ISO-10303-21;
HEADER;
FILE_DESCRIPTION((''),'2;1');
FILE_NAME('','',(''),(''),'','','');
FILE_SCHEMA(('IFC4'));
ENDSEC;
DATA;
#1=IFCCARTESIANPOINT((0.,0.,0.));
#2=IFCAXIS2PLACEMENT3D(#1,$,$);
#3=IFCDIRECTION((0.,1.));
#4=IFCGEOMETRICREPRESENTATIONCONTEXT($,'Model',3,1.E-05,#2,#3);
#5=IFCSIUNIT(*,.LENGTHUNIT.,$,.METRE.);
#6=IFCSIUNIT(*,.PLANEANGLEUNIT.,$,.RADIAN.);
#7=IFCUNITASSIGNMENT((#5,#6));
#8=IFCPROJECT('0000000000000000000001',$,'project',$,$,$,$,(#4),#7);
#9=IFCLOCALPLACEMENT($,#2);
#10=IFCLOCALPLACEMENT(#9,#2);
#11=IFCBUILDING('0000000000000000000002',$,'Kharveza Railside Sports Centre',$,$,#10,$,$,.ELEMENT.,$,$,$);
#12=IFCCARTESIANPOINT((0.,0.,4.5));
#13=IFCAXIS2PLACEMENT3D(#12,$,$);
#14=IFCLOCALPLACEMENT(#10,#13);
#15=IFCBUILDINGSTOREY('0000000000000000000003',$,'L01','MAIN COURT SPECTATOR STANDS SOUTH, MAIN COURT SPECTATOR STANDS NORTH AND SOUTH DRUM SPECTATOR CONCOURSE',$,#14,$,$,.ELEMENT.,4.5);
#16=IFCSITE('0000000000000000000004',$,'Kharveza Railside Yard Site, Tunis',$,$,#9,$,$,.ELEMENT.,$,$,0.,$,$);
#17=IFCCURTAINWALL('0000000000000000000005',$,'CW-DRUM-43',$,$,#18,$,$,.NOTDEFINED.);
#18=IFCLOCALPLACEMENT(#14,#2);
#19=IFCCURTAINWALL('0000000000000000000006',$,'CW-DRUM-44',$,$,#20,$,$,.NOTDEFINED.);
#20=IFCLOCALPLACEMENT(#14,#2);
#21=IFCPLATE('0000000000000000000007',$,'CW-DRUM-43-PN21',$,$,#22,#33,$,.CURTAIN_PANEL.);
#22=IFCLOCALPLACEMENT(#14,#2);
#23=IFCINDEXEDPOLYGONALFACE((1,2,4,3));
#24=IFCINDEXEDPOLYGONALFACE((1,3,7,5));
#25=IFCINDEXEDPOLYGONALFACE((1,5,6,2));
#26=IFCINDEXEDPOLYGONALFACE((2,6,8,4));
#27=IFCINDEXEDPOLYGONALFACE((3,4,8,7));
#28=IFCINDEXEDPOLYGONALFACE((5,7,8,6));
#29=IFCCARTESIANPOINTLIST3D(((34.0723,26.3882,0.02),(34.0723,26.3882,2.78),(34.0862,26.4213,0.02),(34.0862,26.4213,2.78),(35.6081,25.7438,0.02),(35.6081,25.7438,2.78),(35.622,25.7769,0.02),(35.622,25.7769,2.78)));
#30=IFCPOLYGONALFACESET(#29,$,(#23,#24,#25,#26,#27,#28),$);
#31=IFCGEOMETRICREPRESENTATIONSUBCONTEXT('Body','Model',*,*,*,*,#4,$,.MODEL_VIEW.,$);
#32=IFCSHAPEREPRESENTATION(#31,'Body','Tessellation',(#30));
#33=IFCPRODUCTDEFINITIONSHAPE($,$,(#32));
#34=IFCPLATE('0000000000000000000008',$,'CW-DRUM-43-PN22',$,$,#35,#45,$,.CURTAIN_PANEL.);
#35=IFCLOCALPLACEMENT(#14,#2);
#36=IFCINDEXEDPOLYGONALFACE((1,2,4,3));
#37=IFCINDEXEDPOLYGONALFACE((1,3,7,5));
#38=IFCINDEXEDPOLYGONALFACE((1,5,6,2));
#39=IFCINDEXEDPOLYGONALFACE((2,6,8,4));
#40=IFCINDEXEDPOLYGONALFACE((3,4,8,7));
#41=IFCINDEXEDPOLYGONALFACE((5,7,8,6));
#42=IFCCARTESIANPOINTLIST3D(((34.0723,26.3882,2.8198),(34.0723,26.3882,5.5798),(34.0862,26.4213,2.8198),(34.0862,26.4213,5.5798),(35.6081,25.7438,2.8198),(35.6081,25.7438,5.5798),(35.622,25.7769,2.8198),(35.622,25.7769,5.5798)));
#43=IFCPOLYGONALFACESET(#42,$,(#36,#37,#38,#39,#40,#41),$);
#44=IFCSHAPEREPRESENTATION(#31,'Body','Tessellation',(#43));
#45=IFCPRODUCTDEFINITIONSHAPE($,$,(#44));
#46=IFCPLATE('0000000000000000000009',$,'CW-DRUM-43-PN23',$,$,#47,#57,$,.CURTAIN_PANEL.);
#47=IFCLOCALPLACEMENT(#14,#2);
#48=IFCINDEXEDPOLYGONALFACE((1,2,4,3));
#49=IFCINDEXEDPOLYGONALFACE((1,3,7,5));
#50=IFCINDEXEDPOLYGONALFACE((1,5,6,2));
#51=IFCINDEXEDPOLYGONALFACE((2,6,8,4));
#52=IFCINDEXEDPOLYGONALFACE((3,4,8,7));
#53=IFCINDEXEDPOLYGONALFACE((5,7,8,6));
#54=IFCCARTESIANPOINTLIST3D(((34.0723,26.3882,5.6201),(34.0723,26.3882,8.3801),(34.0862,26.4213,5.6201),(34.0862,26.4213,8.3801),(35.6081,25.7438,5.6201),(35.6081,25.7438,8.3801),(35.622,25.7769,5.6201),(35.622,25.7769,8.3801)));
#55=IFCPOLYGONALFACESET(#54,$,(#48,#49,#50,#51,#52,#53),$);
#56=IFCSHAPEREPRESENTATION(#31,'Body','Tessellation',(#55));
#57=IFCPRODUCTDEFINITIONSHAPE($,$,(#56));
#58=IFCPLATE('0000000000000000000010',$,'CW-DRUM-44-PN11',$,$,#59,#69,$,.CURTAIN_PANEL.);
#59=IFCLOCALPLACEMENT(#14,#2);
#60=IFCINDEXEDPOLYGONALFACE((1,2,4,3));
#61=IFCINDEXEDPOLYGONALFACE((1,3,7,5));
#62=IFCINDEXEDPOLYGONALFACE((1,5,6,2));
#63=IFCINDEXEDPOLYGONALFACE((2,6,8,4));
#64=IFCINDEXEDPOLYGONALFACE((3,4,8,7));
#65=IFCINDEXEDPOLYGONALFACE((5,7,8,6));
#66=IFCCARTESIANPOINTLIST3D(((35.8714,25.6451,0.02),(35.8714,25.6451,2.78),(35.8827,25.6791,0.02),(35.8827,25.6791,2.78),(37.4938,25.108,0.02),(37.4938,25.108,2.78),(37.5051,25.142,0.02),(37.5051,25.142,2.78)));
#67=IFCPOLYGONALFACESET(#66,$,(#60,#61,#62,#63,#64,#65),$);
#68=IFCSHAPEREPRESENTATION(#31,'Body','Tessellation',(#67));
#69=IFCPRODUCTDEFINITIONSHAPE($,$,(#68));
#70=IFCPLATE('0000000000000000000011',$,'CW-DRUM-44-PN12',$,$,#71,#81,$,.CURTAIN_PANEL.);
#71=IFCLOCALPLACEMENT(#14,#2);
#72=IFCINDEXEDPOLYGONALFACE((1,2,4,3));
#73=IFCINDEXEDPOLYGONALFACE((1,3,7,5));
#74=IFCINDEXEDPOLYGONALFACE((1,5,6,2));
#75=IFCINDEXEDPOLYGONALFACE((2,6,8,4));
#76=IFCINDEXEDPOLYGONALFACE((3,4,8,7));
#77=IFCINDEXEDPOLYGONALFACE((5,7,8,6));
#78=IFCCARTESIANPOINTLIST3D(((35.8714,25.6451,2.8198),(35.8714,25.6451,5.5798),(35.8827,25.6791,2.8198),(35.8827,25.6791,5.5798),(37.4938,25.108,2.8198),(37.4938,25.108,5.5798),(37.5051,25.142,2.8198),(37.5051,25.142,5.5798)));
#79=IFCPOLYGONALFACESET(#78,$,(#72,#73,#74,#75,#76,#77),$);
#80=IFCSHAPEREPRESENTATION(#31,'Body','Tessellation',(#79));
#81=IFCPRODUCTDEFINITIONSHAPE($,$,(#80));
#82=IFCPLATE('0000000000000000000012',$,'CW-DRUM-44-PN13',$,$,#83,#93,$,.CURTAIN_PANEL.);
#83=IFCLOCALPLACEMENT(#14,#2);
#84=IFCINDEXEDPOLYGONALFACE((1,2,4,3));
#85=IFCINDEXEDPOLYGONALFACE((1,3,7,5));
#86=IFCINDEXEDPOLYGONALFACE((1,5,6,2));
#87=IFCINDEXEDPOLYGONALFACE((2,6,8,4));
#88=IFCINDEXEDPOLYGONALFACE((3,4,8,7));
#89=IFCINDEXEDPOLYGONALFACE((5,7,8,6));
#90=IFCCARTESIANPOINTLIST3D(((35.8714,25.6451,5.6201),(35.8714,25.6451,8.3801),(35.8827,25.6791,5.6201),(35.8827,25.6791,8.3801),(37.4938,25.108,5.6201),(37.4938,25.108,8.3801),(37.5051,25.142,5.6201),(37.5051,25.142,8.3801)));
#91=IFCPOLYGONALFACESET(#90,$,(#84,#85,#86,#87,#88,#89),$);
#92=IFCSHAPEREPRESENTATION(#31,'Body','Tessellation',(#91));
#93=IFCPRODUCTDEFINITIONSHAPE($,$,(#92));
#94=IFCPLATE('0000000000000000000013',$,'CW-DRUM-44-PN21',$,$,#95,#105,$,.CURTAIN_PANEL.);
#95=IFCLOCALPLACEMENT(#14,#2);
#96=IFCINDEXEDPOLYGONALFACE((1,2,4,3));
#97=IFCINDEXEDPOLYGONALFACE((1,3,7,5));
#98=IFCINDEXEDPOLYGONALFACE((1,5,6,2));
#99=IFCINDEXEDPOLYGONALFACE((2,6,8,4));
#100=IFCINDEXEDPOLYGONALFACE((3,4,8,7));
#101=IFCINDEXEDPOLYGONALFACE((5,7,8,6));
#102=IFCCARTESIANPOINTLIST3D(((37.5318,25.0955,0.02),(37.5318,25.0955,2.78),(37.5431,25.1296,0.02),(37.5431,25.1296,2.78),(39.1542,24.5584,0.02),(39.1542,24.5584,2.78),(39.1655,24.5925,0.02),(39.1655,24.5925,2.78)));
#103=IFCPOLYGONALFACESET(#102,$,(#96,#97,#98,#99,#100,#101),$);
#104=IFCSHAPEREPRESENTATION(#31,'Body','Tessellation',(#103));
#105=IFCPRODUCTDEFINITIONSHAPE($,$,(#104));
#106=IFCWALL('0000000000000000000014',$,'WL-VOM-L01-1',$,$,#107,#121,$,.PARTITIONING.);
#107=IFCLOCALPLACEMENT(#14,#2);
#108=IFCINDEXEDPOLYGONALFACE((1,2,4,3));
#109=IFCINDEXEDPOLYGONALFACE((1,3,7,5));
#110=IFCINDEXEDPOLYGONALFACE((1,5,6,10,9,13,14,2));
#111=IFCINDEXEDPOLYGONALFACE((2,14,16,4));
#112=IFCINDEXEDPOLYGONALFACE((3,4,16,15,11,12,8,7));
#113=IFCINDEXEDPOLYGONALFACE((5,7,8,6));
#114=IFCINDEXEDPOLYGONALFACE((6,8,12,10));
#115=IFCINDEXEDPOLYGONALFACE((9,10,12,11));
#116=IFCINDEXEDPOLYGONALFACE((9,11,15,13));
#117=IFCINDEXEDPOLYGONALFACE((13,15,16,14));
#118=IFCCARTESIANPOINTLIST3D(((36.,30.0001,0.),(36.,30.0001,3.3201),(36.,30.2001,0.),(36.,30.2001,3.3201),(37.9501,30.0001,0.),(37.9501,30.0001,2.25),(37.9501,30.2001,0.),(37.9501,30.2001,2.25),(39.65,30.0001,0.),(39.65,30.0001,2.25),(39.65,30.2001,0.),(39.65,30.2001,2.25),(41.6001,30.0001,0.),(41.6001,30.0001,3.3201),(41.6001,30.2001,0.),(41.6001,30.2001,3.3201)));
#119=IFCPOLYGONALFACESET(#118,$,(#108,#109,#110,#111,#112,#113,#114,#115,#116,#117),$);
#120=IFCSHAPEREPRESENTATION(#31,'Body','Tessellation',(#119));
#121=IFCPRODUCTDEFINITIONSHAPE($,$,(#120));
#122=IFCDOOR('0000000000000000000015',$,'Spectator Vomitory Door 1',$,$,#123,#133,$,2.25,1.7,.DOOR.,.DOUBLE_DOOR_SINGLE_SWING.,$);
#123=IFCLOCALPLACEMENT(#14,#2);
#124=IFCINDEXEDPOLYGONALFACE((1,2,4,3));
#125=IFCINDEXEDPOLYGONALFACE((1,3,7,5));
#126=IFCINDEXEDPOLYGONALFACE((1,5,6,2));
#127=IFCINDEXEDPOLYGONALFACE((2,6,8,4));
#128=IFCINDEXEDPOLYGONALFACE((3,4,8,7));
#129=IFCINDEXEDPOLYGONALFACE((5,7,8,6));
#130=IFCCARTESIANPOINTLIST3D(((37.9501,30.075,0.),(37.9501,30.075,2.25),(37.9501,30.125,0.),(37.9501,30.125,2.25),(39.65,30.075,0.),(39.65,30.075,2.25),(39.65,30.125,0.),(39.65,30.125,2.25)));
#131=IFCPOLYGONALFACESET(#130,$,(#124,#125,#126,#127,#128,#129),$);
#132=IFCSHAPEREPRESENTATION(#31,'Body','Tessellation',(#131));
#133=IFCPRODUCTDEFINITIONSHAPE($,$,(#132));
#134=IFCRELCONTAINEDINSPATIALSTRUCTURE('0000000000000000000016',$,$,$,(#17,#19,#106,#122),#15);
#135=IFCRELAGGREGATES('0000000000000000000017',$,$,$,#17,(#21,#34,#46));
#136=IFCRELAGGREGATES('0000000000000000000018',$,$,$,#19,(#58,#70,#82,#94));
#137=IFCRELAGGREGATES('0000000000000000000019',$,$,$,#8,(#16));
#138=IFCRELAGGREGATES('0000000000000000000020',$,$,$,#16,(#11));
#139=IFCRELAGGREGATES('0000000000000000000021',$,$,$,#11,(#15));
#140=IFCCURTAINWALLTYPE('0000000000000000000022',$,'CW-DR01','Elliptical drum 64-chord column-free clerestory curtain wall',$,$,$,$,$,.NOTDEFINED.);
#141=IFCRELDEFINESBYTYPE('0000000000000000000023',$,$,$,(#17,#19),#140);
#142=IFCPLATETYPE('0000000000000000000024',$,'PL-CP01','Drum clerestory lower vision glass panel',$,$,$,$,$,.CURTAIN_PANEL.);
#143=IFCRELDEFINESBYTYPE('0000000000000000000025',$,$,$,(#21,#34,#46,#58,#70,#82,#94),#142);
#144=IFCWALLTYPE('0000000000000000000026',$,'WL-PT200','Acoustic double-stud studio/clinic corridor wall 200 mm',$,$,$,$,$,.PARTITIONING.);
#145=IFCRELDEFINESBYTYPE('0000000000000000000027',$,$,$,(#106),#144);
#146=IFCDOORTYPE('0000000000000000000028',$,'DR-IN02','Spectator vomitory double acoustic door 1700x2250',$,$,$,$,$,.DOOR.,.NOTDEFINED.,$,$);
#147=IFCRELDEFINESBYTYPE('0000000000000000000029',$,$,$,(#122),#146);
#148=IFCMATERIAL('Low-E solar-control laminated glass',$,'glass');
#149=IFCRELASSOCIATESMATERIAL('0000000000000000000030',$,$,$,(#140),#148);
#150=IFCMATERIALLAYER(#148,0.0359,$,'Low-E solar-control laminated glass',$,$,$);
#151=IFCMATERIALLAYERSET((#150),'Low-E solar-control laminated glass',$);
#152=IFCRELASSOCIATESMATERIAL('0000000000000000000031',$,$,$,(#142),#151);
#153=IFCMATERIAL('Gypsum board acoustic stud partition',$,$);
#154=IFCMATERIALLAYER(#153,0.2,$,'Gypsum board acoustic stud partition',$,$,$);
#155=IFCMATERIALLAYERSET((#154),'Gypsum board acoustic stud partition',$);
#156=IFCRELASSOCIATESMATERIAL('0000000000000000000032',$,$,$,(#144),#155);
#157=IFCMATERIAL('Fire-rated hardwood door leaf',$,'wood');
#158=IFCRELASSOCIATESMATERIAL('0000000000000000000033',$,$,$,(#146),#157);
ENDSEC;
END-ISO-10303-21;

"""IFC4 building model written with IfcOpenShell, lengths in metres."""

from ifc_helpers import new_model, si_unit, direction, frame, frame_2d, origin, origin_2d, place, context, subcontext, project, spatial, rectangle, extrude, material, layer, layer_set, type_object, element, fill, aggregate, save


model = new_model("IFC4")

# Units and contexts
model_context = context("Model", 3, precision=1e-05, world=origin(), true_north=direction((0.0, 1.0)))
body_context = subcontext(model_context, "Body", "Model", "MODEL_VIEW")
ifc_project = project(units=[si_unit("LENGTHUNIT", "METRE"), si_unit("PLANEANGLEUNIT", "RADIAN")], contexts=[model_context])

# Site, building, storey
site_placement = place(None, origin())
site = spatial("IfcSite", under=ifc_project, at=site_placement, Name="Kharveza Railside Yard Site, Tunis", CompositionType="ELEMENT", RefElevation=0.0)
building_placement = place(site_placement, origin())
building = spatial("IfcBuilding", under=site, at=building_placement, Name="Kharveza Railside Sports Centre", CompositionType="ELEMENT")
storey_placement = place(building_placement, frame((0.0, 0.0, 4.5)))
storey = spatial("IfcBuildingStorey", under=building, at=storey_placement, Name="L01", Description="MAIN COURT SPECTATOR STANDS SOUTH, MAIN COURT SPECTATOR STANDS NORTH AND SOUTH DRUM SPECTATOR CONCOURSE", CompositionType="ELEMENT", Elevation=4.5)

# Shared definitions
ifc_material_1 = material(Name="Low-E solar-control laminated glass", Category="glass")
curtain_wall_type = type_object("IfcCurtainWallType", Name="CW-DR01", Description="Elliptical drum 64-chord column-free clerestory curtain wall", PredefinedType="NOTDEFINED", material=ifc_material_1)

# Curtain walls
curtain_wall_1_placement = place(storey_placement, origin())
curtain_wall_1 = element("IfcCurtainWall", 1, at=curtain_wall_1_placement, inside=storey, type_object=curtain_wall_type, Name="CW-DRUM-43", PredefinedType="NOTDEFINED")
curtain_wall_2_placement = place(storey_placement, origin())
curtain_wall_2 = element("IfcCurtainWall", 2, at=curtain_wall_2_placement, inside=storey, type_object=curtain_wall_type, Name="CW-DRUM-44", PredefinedType="NOTDEFINED")

# Plates
ifc_layer_1 = layer(ifc_material_1, 0.0359, Name="Low-E solar-control laminated glass")
ifc_layer_set_1 = layer_set([ifc_layer_1], Name="Low-E solar-control laminated glass")
plate_type = type_object("IfcPlateType", Name="PL-CP01", Description="Drum clerestory lower vision glass panel", PredefinedType="CURTAIN_PANEL", material=ifc_layer_set_1)
plate_1_placement = place(storey_placement, frame((34.8472, 26.0825, 0.02), z_axis=(0.0, 0.0, 1.0), x_axis=(0.922127, -0.386888, 0.0)))
plate_1 = element("IfcPlate", 3, at=plate_1_placement, type_object=plate_type, Name="CW-DRUM-43-PN21", PredefinedType="CURTAIN_PANEL", context=body_context, shape_type="SweptSolid", body=[
    extrude(rectangle(XDim=1.6655, YDim=0.0359, at=origin_2d()), origin(), (0.0, 0.0, 1.0), 2.76),
])
plate_2_placement = place(storey_placement, frame((34.8472, 26.0825, 2.8198), z_axis=(0.0, 0.0, 1.0), x_axis=(0.922127, -0.386888, 0.0)))
plate_2 = element("IfcPlate", 4, at=plate_2_placement, type_object=plate_type, Name="CW-DRUM-43-PN22", PredefinedType="CURTAIN_PANEL", context=body_context, shape_type="SweptSolid", body=[
    extrude(rectangle(XDim=1.6655, YDim=0.0359, at=origin_2d()), origin(), (0.0, 0.0, 1.0), 2.76),
])
plate_3_placement = place(storey_placement, frame((34.8472, 26.0825, 5.6201), z_axis=(0.0, 0.0, 1.0), x_axis=(0.922127, -0.386888, 0.0)))
plate_3 = element("IfcPlate", 5, at=plate_3_placement, type_object=plate_type, Name="CW-DRUM-43-PN23", PredefinedType="CURTAIN_PANEL", context=body_context, shape_type="SweptSolid", body=[
    extrude(rectangle(XDim=1.6655, YDim=0.0359, at=origin_2d()), origin(), (0.0, 0.0, 1.0), 2.76),
])
aggregate(curtain_wall_1, [plate_1, plate_2, plate_3])
plate_4_placement = place(storey_placement, frame((36.6882, 25.3936, 0.02), z_axis=(0.0, 0.0, 1.0), x_axis=(0.949327, -0.314291, 0.0)))
plate_4 = element("IfcPlate", 6, at=plate_4_placement, type_object=plate_type, Name="CW-DRUM-44-PN11", PredefinedType="CURTAIN_PANEL", context=body_context, shape_type="SweptSolid", body=[
    extrude(rectangle(XDim=1.709, YDim=0.0359, at=origin_2d()), origin(), (0.0, 0.0, 1.0), 2.76),
])
plate_5_placement = place(storey_placement, frame((36.6882, 25.3936, 2.8198), z_axis=(0.0, 0.0, 1.0), x_axis=(0.949327, -0.314291, 0.0)))
plate_5 = element("IfcPlate", 7, at=plate_5_placement, type_object=plate_type, Name="CW-DRUM-44-PN12", PredefinedType="CURTAIN_PANEL", context=body_context, shape_type="SweptSolid", body=[
    extrude(rectangle(XDim=1.709, YDim=0.0359, at=origin_2d()), origin(), (0.0, 0.0, 1.0), 2.76),
])
plate_6_placement = place(storey_placement, frame((36.6882, 25.3936, 5.6201), z_axis=(0.0, 0.0, 1.0), x_axis=(0.949327, -0.314291, 0.0)))
plate_6 = element("IfcPlate", 8, at=plate_6_placement, type_object=plate_type, Name="CW-DRUM-44-PN13", PredefinedType="CURTAIN_PANEL", context=body_context, shape_type="SweptSolid", body=[
    extrude(rectangle(XDim=1.709, YDim=0.0359, at=origin_2d()), origin(), (0.0, 0.0, 1.0), 2.76),
])
plate_7_placement = place(storey_placement, frame((38.3486, 24.844, 0.02), z_axis=(0.0, 0.0, 1.0), x_axis=(0.949327, -0.314291, 0.0)))
plate_7 = element("IfcPlate", 9, at=plate_7_placement, type_object=plate_type, Name="CW-DRUM-44-PN21", PredefinedType="CURTAIN_PANEL", context=body_context, shape_type="SweptSolid", body=[
    extrude(rectangle(XDim=1.709, YDim=0.0359, at=origin_2d()), origin(), (0.0, 0.0, 1.0), 2.76),
])
aggregate(curtain_wall_2, [plate_4, plate_5, plate_6, plate_7])

# Wall, opening, door
ifc_material_2 = material(Name="Gypsum board acoustic stud partition")
ifc_layer_2 = layer(ifc_material_2, 0.2, Name="Gypsum board acoustic stud partition")
ifc_layer_set_2 = layer_set([ifc_layer_2], Name="Gypsum board acoustic stud partition")
wall_type = type_object("IfcWallType", Name="WL-PT200", Description="Acoustic double-stud studio/clinic corridor wall 200 mm", PredefinedType="PARTITIONING", material=ifc_layer_set_2)
wall_placement = place(storey_placement, frame((36.0, 30.1001, 0.0), z_axis=(0.0, 0.0, 1.0), x_axis=(1.0, 0.0, 0.0)))
wall = element("IfcWall", 10, at=wall_placement, inside=storey, type_object=wall_type, Name="WL-VOM-L01-1", PredefinedType="PARTITIONING", context=body_context, shape_type="SweptSolid", body=[
    extrude(rectangle(XDim=5.6001, YDim=0.2, at=frame_2d((2.8, 0.0))), origin(), (0.0, 0.0, 1.0), 3.3201),
])
opening_placement = place(wall_placement, frame((1.95, 0.0, 0.0)))
opening = element("IfcOpeningElement", 11, at=opening_placement, cuts=wall, PredefinedType="OPENING", context=body_context, shape_type="SweptSolid", body=[
    extrude(rectangle(XDim=1.7, YDim=2.25, at=frame_2d((0.8501, 1.125))), frame((0.0, 0.125, 0.0), z_axis=(0.0, -1.0, 0.0), x_axis=(1.0, 0.0, 0.0)), (0.0, 0.0, 1.0), 0.2498),
])
ifc_material_3 = material(Name="Fire-rated hardwood door leaf", Category="wood")
door_type = type_object("IfcDoorType", Name="DR-IN02", Description="Spectator vomitory double acoustic door 1700x2250", OperationType="NOTDEFINED", PredefinedType="DOOR", material=ifc_material_3)
door_placement = place(opening_placement, origin())
door = element("IfcDoor", 12, at=door_placement, inside=storey, type_object=door_type, Name="Spectator Vomitory Door 1", OperationType="DOUBLE_DOOR_SINGLE_SWING", OverallHeight=2.25, OverallWidth=1.7, PredefinedType="DOOR", context=body_context, shape_type="SweptSolid", body=[
    extrude(rectangle(XDim=1.7, YDim=2.25, at=frame_2d((0.8501, 1.125))), frame((0.0, 0.0249, 0.0), z_axis=(0.0, -1.0, 0.0), x_axis=(1.0, 0.0, 0.0)), (0.0, 0.0, 1.0), 0.05),
])
fill(opening, door)

save(model, "model.ifc")
